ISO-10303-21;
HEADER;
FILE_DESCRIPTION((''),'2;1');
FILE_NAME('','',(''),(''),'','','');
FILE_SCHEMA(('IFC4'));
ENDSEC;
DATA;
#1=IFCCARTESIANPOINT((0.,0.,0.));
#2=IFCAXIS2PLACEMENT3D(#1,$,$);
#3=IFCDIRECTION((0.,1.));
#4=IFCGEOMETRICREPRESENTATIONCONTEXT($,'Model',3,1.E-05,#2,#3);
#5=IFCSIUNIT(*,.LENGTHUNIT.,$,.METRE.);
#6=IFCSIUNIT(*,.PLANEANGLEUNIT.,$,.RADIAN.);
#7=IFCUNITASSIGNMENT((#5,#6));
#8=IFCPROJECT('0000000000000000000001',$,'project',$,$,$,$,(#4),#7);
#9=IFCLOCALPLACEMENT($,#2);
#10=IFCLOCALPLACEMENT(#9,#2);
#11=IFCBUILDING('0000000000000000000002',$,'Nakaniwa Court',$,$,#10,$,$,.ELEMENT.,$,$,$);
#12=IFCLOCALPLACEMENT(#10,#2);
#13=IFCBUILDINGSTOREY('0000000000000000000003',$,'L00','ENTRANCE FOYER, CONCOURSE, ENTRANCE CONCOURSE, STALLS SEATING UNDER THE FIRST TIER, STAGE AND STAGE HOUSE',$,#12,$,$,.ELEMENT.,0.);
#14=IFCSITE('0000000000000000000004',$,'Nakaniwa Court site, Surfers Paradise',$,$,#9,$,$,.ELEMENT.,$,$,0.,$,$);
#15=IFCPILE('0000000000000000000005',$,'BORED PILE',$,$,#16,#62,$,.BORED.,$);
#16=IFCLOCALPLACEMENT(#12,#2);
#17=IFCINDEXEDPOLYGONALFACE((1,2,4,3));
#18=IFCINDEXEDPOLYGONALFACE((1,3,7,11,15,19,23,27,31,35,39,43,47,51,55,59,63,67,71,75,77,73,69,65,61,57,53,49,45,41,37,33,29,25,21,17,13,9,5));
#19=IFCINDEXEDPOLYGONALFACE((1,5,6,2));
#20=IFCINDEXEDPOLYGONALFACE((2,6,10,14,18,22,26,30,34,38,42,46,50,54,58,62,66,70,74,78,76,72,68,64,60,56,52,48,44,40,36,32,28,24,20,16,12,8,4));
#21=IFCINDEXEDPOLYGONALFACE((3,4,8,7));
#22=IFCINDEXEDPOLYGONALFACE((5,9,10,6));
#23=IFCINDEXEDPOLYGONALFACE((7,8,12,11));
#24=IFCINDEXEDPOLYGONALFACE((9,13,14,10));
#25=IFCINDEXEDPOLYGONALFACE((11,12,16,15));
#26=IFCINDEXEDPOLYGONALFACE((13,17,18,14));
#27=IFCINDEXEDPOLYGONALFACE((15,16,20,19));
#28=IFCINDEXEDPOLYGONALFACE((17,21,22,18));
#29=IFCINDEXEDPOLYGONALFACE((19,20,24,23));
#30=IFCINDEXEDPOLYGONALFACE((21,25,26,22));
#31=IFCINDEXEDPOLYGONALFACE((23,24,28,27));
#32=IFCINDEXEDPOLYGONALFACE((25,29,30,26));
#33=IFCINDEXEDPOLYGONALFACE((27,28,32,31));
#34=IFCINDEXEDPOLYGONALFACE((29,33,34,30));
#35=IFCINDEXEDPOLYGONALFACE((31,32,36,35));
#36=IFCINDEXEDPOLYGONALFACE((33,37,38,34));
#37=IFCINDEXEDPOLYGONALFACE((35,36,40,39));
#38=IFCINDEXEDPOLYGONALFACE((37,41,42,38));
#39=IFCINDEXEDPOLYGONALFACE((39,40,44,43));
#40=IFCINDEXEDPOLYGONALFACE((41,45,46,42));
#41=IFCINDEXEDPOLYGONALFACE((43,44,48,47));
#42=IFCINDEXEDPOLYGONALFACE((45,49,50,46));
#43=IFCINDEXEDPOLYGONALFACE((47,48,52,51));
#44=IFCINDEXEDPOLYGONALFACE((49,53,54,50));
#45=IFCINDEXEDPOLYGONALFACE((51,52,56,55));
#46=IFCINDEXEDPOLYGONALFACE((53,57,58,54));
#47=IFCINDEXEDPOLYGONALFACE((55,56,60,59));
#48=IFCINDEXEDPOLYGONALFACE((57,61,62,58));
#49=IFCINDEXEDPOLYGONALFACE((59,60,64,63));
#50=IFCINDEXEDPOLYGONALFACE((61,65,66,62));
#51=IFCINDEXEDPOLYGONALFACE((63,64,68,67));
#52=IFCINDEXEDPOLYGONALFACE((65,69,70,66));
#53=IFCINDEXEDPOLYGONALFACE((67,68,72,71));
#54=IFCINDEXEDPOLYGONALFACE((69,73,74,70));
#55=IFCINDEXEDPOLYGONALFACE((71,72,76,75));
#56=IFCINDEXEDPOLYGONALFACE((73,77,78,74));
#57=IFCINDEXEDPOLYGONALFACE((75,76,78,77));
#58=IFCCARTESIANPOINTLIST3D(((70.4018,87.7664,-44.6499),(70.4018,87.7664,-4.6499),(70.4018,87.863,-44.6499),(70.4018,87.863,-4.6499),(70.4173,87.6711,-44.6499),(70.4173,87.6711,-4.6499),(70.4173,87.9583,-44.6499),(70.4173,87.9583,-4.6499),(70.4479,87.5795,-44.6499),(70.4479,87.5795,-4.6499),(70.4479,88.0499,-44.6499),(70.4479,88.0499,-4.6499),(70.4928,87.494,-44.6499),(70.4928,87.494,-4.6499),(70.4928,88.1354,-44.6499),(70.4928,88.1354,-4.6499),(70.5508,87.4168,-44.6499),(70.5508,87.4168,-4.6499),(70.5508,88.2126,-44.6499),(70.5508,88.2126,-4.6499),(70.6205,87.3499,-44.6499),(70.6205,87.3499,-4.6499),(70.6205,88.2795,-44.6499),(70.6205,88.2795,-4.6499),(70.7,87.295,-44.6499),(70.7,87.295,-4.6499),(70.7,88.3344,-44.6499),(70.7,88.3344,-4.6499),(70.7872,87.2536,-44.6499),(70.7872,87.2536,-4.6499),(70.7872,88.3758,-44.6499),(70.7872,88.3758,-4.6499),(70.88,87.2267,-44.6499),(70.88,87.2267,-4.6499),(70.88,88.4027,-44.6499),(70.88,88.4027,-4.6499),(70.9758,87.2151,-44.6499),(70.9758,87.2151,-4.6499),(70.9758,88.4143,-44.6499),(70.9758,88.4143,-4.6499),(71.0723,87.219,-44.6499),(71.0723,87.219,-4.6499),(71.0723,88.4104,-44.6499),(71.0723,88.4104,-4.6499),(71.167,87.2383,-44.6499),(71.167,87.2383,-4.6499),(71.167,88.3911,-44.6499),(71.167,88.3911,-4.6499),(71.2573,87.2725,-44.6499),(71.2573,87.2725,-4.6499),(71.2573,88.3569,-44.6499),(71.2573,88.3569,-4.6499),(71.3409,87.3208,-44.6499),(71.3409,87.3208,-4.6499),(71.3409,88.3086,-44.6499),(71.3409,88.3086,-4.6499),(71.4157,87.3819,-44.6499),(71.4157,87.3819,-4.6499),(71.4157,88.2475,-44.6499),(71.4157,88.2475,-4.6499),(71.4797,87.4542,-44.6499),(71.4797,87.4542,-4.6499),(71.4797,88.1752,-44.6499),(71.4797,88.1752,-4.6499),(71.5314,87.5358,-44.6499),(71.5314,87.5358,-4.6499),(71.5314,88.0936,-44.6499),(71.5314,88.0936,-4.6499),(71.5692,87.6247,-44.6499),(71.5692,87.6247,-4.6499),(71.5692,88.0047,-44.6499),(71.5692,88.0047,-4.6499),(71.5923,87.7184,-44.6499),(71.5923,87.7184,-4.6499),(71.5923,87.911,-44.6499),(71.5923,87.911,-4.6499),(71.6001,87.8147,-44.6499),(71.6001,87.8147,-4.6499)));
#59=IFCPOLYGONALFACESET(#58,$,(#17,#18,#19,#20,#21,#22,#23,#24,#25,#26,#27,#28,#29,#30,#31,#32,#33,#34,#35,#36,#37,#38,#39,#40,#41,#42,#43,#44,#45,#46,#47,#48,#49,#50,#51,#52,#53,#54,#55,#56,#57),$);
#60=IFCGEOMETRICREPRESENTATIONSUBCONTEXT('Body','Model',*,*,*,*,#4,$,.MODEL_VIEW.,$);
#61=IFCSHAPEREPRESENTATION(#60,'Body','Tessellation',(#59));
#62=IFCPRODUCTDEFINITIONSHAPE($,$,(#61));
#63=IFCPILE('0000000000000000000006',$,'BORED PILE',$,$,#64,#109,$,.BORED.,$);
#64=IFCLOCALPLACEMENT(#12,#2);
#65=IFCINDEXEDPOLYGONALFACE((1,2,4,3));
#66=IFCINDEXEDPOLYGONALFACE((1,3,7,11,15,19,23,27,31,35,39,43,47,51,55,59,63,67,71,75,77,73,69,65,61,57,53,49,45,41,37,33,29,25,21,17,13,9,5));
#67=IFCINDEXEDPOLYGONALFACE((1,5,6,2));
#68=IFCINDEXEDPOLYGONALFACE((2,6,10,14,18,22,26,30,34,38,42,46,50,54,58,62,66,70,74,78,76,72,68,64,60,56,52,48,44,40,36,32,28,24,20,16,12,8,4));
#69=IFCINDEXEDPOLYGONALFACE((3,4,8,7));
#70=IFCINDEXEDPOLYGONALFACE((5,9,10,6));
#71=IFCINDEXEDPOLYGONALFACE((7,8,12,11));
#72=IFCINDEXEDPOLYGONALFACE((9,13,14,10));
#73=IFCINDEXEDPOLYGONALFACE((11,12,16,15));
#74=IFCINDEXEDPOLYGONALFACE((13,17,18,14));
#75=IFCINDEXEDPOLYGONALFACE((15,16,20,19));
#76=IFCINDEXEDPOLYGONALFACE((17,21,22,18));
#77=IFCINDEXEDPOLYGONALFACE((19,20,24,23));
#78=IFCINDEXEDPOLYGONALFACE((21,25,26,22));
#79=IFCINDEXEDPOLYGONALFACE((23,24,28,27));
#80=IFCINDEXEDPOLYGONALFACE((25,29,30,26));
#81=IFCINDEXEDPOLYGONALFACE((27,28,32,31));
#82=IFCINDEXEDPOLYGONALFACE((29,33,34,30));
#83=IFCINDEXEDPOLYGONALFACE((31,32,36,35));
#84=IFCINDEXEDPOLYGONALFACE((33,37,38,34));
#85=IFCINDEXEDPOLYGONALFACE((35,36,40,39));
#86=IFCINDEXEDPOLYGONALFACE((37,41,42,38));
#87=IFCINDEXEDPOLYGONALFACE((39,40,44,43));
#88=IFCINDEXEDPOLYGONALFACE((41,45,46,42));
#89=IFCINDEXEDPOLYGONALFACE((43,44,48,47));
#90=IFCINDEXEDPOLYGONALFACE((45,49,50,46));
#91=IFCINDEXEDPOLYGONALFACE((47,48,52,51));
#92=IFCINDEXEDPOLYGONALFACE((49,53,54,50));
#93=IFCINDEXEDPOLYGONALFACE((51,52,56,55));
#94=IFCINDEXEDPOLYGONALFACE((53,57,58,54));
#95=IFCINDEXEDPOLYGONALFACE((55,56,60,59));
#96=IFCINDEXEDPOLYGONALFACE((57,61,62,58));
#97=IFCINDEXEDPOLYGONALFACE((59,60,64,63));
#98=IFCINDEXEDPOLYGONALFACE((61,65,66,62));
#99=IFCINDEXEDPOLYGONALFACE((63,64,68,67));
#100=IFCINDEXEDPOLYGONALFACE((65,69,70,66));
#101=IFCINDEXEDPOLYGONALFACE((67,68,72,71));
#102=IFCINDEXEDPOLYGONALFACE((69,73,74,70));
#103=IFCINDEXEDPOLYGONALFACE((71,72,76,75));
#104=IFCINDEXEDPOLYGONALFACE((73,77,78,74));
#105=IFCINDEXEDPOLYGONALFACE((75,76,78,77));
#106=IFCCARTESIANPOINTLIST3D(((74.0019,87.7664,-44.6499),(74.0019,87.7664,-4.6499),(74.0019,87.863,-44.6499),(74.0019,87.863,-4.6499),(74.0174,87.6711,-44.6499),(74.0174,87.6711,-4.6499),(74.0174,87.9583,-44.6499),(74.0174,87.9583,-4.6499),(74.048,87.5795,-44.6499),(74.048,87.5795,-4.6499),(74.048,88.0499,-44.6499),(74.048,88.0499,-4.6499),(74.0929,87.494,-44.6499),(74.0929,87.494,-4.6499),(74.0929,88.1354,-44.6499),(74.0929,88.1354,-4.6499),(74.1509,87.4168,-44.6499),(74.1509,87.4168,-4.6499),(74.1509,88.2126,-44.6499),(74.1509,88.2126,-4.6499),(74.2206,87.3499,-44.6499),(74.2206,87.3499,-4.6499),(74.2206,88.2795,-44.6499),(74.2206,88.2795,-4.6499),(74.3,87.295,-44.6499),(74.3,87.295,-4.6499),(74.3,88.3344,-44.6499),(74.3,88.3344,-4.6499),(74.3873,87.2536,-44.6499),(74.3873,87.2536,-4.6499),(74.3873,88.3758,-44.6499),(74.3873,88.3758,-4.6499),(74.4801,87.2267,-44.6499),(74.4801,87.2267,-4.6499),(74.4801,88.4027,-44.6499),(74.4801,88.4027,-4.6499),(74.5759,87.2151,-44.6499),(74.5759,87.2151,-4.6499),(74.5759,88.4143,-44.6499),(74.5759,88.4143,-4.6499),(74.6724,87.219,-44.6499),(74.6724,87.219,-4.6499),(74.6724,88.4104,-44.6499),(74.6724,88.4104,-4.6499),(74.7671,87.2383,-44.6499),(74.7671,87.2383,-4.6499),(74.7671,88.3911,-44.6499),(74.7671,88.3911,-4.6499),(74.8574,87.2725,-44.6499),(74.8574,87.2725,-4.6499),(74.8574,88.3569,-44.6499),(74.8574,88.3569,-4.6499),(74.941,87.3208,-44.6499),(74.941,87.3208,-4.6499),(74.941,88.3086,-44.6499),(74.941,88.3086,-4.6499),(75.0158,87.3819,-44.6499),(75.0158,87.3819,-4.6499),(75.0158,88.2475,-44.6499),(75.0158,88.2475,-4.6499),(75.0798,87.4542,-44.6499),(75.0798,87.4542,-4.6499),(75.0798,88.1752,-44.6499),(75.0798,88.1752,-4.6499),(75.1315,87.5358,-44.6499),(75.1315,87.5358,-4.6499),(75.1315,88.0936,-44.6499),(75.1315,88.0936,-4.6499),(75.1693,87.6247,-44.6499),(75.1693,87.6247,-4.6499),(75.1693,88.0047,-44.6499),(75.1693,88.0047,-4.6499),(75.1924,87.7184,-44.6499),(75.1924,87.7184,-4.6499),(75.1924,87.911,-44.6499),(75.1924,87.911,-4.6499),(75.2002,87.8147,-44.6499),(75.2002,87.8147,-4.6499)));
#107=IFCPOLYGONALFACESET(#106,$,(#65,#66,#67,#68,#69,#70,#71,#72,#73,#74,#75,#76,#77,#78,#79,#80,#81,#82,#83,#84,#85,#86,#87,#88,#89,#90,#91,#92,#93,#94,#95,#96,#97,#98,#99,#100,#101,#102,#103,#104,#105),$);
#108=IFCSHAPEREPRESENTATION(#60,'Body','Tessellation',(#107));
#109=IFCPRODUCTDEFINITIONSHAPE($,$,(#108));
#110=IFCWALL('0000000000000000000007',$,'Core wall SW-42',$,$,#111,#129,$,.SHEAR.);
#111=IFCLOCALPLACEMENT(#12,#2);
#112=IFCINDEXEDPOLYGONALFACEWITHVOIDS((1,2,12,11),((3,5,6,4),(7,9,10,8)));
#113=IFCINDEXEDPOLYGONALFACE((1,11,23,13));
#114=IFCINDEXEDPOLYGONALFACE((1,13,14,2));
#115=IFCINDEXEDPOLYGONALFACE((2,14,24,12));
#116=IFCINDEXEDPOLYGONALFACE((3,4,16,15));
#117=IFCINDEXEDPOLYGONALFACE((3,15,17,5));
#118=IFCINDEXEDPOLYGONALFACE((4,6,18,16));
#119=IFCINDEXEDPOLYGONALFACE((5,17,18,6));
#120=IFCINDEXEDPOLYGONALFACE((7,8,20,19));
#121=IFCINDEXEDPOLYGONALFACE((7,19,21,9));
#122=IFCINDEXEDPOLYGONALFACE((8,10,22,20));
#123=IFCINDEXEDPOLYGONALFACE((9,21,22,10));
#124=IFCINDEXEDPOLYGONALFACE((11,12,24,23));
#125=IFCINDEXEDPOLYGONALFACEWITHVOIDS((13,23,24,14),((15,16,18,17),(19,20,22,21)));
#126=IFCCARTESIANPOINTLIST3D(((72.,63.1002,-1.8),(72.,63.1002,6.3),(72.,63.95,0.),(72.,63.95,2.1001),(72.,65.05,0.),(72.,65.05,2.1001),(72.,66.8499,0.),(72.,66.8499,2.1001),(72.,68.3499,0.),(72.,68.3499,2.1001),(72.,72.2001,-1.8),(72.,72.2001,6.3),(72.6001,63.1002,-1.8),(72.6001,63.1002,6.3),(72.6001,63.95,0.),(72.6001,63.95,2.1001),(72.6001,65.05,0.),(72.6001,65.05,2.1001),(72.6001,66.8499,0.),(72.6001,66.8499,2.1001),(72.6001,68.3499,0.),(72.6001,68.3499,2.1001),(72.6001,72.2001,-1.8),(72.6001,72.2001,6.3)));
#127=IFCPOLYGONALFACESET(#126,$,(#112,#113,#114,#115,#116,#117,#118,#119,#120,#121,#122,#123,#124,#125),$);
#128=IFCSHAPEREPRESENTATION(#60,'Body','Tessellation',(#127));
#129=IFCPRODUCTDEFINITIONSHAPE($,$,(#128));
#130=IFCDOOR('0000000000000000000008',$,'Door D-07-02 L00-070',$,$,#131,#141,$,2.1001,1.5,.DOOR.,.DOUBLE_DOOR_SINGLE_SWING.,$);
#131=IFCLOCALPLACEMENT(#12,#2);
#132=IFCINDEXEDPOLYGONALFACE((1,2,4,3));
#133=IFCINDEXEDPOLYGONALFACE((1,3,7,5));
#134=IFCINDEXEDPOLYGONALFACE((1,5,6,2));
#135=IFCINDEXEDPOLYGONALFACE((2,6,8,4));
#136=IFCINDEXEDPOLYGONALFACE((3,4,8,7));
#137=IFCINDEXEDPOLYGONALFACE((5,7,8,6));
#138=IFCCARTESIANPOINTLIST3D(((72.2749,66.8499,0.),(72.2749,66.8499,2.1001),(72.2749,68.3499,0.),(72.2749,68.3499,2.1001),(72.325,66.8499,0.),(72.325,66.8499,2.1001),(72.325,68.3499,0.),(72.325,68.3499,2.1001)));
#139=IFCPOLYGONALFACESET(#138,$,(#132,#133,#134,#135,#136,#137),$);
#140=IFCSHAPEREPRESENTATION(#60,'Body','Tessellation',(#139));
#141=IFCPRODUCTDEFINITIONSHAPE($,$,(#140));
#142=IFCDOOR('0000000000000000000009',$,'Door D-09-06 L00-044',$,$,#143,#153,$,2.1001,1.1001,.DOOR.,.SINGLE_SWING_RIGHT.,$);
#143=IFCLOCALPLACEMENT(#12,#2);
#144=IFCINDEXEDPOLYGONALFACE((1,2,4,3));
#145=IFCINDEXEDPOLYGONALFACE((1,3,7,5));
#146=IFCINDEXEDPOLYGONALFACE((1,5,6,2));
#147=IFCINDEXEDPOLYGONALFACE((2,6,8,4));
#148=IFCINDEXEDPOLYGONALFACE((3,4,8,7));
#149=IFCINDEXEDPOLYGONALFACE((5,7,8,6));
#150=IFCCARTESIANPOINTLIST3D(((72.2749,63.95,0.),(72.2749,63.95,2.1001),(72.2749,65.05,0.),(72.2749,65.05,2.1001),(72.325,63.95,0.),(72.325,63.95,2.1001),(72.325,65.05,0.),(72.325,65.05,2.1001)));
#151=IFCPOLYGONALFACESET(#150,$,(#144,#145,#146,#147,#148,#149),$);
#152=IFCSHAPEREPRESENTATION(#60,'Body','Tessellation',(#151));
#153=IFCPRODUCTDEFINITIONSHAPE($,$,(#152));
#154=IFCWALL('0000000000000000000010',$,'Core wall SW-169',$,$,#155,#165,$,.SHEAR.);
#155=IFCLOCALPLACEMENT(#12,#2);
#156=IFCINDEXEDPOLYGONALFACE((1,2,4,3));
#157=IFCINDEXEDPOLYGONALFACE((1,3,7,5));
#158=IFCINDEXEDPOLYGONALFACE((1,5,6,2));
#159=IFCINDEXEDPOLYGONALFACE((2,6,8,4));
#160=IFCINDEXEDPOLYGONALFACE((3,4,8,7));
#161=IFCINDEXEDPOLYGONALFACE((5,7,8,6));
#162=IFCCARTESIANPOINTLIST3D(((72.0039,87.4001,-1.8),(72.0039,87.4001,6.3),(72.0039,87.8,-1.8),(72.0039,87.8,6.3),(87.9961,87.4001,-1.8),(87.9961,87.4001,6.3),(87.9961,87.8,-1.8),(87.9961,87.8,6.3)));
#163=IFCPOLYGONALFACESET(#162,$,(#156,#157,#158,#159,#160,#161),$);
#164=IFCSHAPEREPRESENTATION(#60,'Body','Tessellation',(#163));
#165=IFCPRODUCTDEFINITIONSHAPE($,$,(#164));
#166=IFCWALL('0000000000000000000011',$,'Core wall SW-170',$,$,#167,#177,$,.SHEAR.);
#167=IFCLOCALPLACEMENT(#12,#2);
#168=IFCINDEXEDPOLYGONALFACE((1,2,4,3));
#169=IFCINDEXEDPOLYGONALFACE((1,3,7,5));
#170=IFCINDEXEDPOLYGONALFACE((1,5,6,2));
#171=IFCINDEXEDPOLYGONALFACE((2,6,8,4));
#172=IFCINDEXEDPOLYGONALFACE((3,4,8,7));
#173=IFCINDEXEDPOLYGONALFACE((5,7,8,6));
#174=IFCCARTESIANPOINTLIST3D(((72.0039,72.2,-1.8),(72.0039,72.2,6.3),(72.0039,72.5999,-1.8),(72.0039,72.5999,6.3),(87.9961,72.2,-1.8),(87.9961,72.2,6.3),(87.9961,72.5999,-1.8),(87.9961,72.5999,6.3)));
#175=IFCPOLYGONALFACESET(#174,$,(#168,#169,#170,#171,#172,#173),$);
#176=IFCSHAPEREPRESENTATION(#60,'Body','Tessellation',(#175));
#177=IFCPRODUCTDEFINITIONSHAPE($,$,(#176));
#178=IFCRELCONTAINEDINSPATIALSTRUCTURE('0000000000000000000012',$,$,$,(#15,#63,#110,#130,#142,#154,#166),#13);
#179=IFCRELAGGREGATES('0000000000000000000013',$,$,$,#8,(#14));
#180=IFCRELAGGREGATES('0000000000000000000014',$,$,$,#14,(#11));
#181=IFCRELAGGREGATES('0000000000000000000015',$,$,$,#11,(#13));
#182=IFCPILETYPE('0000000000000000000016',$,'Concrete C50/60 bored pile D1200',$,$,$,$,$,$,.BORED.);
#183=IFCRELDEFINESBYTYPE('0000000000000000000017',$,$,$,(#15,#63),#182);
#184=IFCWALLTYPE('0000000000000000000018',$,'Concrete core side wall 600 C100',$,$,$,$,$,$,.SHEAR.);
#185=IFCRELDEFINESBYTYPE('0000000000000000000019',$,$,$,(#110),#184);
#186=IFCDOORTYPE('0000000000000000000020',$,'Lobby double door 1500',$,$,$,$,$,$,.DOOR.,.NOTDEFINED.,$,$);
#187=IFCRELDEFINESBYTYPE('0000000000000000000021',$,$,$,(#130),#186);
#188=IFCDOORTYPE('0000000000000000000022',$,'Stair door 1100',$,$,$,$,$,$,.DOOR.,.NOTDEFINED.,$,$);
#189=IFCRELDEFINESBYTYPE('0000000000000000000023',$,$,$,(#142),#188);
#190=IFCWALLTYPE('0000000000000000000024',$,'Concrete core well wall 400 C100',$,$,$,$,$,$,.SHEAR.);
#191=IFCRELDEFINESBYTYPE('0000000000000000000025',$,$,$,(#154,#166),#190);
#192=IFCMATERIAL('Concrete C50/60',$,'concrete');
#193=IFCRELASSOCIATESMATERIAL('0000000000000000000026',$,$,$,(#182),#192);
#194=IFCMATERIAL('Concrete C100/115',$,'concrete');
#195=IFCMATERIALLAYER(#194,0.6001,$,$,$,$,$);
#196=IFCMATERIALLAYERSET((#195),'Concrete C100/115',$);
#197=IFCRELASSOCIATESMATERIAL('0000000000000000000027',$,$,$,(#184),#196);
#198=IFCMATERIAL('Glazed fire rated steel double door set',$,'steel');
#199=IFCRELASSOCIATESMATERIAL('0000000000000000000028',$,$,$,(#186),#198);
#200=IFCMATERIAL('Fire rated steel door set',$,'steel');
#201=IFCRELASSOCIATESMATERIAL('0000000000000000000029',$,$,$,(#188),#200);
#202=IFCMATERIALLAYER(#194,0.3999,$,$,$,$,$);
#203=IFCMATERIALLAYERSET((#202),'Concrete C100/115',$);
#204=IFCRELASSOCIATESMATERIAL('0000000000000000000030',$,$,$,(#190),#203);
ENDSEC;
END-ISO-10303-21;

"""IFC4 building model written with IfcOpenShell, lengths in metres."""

from ifc_helpers import new_model, si_unit, direction, frame, frame_2d, origin, origin_2d, place, context, subcontext, project, spatial, rectangle, circle, extrude, material, layer, layer_set, material_profile, profile_set, type_object, element, fill, save


model = new_model("IFC4")

# Units and contexts
model_context = context("Model", 3, precision=1e-05, world=origin(), true_north=direction((0.0, 1.0)))
body_context = subcontext(model_context, "Body", "Model", "MODEL_VIEW")
ifc_project = project(units=[si_unit("LENGTHUNIT", "METRE"), si_unit("PLANEANGLEUNIT", "RADIAN")], contexts=[model_context])

# Site, building, storey
site_placement = place(None, origin())
site = spatial("IfcSite", under=ifc_project, at=site_placement, Name="Nakaniwa Court site, Surfers Paradise", CompositionType="ELEMENT", RefElevation=0.0)
building_placement = place(site_placement, origin())
building = spatial("IfcBuilding", under=site, at=building_placement, Name="Nakaniwa Court", CompositionType="ELEMENT")
storey_placement = place(building_placement, origin())
storey = spatial("IfcBuildingStorey", under=building, at=storey_placement, Name="L00", Description="ENTRANCE FOYER, CONCOURSE, ENTRANCE CONCOURSE, STALLS SEATING UNDER THE FIRST TIER, STAGE AND STAGE HOUSE", CompositionType="ELEMENT", Elevation=0.0)

# Piles
ifc_material_1 = material(Name="Concrete C50/60", Category="concrete")
ifc_material_profile = material_profile(ifc_material_1, circle(Radius=0.6001, at=origin_2d()), Name="Concrete C50/60 bored pile D1200")
ifc_profile_set = profile_set([ifc_material_profile], Name="Concrete C50/60")
pile_type = type_object("IfcPileType", Name="Concrete C50/60 bored pile D1200", PredefinedType="BORED", material=ifc_profile_set)
for number, where, z_axis, x_axis, name in (
    (1, (71.0, 87.8147, -4.6499), (0.0, 0.0, -1.0), (1.0, 0.0, 0.0), "BORED PILE"),
    (2, (74.6001, 87.8147, -4.6499), (0.0, 0.0, -1.0), (1.0, 0.0, 0.0), "BORED PILE"),
):
    element("IfcPile", number, at=place(storey_placement, frame(where, z_axis=z_axis, x_axis=x_axis)), inside=storey, type_object=pile_type, Name=name, PredefinedType="BORED", context=body_context, shape_type="SweptSolid", body=[
        extrude(circle(Radius=0.6001, at=origin_2d()), origin(), (0.0, 0.0, 1.0), 40.0),
    ])

# Wall, openings, doors
ifc_material_2 = material(Name="Concrete C100/115", Category="concrete")
ifc_layer_1 = layer(ifc_material_2, 0.6001)
ifc_layer_set_1 = layer_set([ifc_layer_1], Name="Concrete C100/115")
wall_type_1 = type_object("IfcWallType", Name="Concrete core side wall 600 C100", PredefinedType="SHEAR", material=ifc_layer_set_1)
wall_placement = place(storey_placement, frame((72.3, 72.2, -1.8), z_axis=(0.0, 0.0, 1.0), x_axis=(0.0, -1.0, 0.0)))
wall = element("IfcWall", 3, at=wall_placement, inside=storey, type_object=wall_type_1, Name="Core wall SW-42", PredefinedType="SHEAR", context=body_context, shape_type="SweptSolid", body=[
    extrude(rectangle(XDim=9.0999, YDim=0.6001, at=frame_2d((4.5498, 0.0))), origin(), (0.0, 0.0, 1.0), 8.1001),
])
opening_1_placement = place(wall_placement, frame((7.1499, 0.0, 1.8)))
opening_1 = element("IfcOpeningElement", 4, at=opening_1_placement, cuts=wall, PredefinedType="OPENING", context=body_context, shape_type="SweptSolid", body=[
    extrude(rectangle(XDim=1.1001, YDim=2.1001, at=frame_2d((0.55, 1.05))), frame((0.0, 0.3101, 0.0), z_axis=(0.0, -1.0, 0.0), x_axis=(1.0, 0.0, 0.0)), (0.0, 0.0, 1.0), 0.6201),
])
opening_2_placement = place(wall_placement, frame((3.8501, 0.0, 1.8)))
opening_2 = element("IfcOpeningElement", 5, at=opening_2_placement, cuts=wall, PredefinedType="OPENING", context=body_context, shape_type="SweptSolid", body=[
    extrude(rectangle(XDim=1.5, YDim=2.1001, at=frame_2d((0.75, 1.05))), frame((0.0, 0.3101, 0.0), z_axis=(0.0, -1.0, 0.0), x_axis=(1.0, 0.0, 0.0)), (0.0, 0.0, 1.0), 0.6201),
])
ifc_material_3 = material(Name="Glazed fire rated steel double door set", Category="steel")
door_type_1 = type_object("IfcDoorType", Name="Lobby double door 1500", OperationType="NOTDEFINED", PredefinedType="DOOR", material=ifc_material_3)
door_1_placement = place(opening_2_placement, origin())
door_1 = element("IfcDoor", 6, at=door_1_placement, inside=storey, type_object=door_type_1, Name="Door D-07-02 L00-070", OperationType="DOUBLE_DOOR_SINGLE_SWING", OverallHeight=2.1001, OverallWidth=1.5, PredefinedType="DOOR", context=body_context, shape_type="SweptSolid", body=[
    extrude(rectangle(XDim=1.5, YDim=2.1001, at=frame_2d((0.75, 1.05))), frame((0.0, 0.0249, 0.0), z_axis=(0.0, -1.0, 0.0), x_axis=(1.0, 0.0, 0.0)), (0.0, 0.0, 1.0), 0.05),
])
fill(opening_2, door_1)
ifc_material_4 = material(Name="Fire rated steel door set", Category="steel")
door_type_2 = type_object("IfcDoorType", Name="Stair door 1100", OperationType="NOTDEFINED", PredefinedType="DOOR", material=ifc_material_4)
door_2_placement = place(opening_1_placement, origin())
door_2 = element("IfcDoor", 7, at=door_2_placement, inside=storey, type_object=door_type_2, Name="Door D-09-06 L00-044", OperationType="SINGLE_SWING_RIGHT", OverallHeight=2.1001, OverallWidth=1.1001, PredefinedType="DOOR", context=body_context, shape_type="SweptSolid", body=[
    extrude(rectangle(XDim=1.1001, YDim=2.1001, at=frame_2d((0.55, 1.05))), frame((0.0, 0.0249, 0.0), z_axis=(0.0, -1.0, 0.0), x_axis=(1.0, 0.0, 0.0)), (0.0, 0.0, 1.0), 0.05),
])
fill(opening_1, door_2)

# Walls
ifc_layer_2 = layer(ifc_material_2, 0.3999)
ifc_layer_set_2 = layer_set([ifc_layer_2], Name="Concrete C100/115")
wall_type_2 = type_object("IfcWallType", Name="Concrete core well wall 400 C100", PredefinedType="SHEAR", material=ifc_layer_set_2)
for number, where, z_axis, x_axis, name in (
    (8, (72.0039, 87.6001, -1.8), (0.0, 0.0, 1.0), (1.0, 0.0, 0.0), "Core wall SW-169"),
    (9, (72.0039, 72.3999, -1.8), (0.0, 0.0, 1.0), (1.0, 0.0, 0.0), "Core wall SW-170"),
):
    element("IfcWall", number, at=place(storey_placement, frame(where, z_axis=z_axis, x_axis=x_axis)), inside=storey, type_object=wall_type_2, Name=name, PredefinedType="SHEAR", context=body_context, shape_type="SweptSolid", body=[
        extrude(rectangle(XDim=15.9922, YDim=0.3999, at=frame_2d((7.9961, 0.0))), origin(), (0.0, 0.0, 1.0), 8.1001),
    ])

save(model, "model.ifc")
